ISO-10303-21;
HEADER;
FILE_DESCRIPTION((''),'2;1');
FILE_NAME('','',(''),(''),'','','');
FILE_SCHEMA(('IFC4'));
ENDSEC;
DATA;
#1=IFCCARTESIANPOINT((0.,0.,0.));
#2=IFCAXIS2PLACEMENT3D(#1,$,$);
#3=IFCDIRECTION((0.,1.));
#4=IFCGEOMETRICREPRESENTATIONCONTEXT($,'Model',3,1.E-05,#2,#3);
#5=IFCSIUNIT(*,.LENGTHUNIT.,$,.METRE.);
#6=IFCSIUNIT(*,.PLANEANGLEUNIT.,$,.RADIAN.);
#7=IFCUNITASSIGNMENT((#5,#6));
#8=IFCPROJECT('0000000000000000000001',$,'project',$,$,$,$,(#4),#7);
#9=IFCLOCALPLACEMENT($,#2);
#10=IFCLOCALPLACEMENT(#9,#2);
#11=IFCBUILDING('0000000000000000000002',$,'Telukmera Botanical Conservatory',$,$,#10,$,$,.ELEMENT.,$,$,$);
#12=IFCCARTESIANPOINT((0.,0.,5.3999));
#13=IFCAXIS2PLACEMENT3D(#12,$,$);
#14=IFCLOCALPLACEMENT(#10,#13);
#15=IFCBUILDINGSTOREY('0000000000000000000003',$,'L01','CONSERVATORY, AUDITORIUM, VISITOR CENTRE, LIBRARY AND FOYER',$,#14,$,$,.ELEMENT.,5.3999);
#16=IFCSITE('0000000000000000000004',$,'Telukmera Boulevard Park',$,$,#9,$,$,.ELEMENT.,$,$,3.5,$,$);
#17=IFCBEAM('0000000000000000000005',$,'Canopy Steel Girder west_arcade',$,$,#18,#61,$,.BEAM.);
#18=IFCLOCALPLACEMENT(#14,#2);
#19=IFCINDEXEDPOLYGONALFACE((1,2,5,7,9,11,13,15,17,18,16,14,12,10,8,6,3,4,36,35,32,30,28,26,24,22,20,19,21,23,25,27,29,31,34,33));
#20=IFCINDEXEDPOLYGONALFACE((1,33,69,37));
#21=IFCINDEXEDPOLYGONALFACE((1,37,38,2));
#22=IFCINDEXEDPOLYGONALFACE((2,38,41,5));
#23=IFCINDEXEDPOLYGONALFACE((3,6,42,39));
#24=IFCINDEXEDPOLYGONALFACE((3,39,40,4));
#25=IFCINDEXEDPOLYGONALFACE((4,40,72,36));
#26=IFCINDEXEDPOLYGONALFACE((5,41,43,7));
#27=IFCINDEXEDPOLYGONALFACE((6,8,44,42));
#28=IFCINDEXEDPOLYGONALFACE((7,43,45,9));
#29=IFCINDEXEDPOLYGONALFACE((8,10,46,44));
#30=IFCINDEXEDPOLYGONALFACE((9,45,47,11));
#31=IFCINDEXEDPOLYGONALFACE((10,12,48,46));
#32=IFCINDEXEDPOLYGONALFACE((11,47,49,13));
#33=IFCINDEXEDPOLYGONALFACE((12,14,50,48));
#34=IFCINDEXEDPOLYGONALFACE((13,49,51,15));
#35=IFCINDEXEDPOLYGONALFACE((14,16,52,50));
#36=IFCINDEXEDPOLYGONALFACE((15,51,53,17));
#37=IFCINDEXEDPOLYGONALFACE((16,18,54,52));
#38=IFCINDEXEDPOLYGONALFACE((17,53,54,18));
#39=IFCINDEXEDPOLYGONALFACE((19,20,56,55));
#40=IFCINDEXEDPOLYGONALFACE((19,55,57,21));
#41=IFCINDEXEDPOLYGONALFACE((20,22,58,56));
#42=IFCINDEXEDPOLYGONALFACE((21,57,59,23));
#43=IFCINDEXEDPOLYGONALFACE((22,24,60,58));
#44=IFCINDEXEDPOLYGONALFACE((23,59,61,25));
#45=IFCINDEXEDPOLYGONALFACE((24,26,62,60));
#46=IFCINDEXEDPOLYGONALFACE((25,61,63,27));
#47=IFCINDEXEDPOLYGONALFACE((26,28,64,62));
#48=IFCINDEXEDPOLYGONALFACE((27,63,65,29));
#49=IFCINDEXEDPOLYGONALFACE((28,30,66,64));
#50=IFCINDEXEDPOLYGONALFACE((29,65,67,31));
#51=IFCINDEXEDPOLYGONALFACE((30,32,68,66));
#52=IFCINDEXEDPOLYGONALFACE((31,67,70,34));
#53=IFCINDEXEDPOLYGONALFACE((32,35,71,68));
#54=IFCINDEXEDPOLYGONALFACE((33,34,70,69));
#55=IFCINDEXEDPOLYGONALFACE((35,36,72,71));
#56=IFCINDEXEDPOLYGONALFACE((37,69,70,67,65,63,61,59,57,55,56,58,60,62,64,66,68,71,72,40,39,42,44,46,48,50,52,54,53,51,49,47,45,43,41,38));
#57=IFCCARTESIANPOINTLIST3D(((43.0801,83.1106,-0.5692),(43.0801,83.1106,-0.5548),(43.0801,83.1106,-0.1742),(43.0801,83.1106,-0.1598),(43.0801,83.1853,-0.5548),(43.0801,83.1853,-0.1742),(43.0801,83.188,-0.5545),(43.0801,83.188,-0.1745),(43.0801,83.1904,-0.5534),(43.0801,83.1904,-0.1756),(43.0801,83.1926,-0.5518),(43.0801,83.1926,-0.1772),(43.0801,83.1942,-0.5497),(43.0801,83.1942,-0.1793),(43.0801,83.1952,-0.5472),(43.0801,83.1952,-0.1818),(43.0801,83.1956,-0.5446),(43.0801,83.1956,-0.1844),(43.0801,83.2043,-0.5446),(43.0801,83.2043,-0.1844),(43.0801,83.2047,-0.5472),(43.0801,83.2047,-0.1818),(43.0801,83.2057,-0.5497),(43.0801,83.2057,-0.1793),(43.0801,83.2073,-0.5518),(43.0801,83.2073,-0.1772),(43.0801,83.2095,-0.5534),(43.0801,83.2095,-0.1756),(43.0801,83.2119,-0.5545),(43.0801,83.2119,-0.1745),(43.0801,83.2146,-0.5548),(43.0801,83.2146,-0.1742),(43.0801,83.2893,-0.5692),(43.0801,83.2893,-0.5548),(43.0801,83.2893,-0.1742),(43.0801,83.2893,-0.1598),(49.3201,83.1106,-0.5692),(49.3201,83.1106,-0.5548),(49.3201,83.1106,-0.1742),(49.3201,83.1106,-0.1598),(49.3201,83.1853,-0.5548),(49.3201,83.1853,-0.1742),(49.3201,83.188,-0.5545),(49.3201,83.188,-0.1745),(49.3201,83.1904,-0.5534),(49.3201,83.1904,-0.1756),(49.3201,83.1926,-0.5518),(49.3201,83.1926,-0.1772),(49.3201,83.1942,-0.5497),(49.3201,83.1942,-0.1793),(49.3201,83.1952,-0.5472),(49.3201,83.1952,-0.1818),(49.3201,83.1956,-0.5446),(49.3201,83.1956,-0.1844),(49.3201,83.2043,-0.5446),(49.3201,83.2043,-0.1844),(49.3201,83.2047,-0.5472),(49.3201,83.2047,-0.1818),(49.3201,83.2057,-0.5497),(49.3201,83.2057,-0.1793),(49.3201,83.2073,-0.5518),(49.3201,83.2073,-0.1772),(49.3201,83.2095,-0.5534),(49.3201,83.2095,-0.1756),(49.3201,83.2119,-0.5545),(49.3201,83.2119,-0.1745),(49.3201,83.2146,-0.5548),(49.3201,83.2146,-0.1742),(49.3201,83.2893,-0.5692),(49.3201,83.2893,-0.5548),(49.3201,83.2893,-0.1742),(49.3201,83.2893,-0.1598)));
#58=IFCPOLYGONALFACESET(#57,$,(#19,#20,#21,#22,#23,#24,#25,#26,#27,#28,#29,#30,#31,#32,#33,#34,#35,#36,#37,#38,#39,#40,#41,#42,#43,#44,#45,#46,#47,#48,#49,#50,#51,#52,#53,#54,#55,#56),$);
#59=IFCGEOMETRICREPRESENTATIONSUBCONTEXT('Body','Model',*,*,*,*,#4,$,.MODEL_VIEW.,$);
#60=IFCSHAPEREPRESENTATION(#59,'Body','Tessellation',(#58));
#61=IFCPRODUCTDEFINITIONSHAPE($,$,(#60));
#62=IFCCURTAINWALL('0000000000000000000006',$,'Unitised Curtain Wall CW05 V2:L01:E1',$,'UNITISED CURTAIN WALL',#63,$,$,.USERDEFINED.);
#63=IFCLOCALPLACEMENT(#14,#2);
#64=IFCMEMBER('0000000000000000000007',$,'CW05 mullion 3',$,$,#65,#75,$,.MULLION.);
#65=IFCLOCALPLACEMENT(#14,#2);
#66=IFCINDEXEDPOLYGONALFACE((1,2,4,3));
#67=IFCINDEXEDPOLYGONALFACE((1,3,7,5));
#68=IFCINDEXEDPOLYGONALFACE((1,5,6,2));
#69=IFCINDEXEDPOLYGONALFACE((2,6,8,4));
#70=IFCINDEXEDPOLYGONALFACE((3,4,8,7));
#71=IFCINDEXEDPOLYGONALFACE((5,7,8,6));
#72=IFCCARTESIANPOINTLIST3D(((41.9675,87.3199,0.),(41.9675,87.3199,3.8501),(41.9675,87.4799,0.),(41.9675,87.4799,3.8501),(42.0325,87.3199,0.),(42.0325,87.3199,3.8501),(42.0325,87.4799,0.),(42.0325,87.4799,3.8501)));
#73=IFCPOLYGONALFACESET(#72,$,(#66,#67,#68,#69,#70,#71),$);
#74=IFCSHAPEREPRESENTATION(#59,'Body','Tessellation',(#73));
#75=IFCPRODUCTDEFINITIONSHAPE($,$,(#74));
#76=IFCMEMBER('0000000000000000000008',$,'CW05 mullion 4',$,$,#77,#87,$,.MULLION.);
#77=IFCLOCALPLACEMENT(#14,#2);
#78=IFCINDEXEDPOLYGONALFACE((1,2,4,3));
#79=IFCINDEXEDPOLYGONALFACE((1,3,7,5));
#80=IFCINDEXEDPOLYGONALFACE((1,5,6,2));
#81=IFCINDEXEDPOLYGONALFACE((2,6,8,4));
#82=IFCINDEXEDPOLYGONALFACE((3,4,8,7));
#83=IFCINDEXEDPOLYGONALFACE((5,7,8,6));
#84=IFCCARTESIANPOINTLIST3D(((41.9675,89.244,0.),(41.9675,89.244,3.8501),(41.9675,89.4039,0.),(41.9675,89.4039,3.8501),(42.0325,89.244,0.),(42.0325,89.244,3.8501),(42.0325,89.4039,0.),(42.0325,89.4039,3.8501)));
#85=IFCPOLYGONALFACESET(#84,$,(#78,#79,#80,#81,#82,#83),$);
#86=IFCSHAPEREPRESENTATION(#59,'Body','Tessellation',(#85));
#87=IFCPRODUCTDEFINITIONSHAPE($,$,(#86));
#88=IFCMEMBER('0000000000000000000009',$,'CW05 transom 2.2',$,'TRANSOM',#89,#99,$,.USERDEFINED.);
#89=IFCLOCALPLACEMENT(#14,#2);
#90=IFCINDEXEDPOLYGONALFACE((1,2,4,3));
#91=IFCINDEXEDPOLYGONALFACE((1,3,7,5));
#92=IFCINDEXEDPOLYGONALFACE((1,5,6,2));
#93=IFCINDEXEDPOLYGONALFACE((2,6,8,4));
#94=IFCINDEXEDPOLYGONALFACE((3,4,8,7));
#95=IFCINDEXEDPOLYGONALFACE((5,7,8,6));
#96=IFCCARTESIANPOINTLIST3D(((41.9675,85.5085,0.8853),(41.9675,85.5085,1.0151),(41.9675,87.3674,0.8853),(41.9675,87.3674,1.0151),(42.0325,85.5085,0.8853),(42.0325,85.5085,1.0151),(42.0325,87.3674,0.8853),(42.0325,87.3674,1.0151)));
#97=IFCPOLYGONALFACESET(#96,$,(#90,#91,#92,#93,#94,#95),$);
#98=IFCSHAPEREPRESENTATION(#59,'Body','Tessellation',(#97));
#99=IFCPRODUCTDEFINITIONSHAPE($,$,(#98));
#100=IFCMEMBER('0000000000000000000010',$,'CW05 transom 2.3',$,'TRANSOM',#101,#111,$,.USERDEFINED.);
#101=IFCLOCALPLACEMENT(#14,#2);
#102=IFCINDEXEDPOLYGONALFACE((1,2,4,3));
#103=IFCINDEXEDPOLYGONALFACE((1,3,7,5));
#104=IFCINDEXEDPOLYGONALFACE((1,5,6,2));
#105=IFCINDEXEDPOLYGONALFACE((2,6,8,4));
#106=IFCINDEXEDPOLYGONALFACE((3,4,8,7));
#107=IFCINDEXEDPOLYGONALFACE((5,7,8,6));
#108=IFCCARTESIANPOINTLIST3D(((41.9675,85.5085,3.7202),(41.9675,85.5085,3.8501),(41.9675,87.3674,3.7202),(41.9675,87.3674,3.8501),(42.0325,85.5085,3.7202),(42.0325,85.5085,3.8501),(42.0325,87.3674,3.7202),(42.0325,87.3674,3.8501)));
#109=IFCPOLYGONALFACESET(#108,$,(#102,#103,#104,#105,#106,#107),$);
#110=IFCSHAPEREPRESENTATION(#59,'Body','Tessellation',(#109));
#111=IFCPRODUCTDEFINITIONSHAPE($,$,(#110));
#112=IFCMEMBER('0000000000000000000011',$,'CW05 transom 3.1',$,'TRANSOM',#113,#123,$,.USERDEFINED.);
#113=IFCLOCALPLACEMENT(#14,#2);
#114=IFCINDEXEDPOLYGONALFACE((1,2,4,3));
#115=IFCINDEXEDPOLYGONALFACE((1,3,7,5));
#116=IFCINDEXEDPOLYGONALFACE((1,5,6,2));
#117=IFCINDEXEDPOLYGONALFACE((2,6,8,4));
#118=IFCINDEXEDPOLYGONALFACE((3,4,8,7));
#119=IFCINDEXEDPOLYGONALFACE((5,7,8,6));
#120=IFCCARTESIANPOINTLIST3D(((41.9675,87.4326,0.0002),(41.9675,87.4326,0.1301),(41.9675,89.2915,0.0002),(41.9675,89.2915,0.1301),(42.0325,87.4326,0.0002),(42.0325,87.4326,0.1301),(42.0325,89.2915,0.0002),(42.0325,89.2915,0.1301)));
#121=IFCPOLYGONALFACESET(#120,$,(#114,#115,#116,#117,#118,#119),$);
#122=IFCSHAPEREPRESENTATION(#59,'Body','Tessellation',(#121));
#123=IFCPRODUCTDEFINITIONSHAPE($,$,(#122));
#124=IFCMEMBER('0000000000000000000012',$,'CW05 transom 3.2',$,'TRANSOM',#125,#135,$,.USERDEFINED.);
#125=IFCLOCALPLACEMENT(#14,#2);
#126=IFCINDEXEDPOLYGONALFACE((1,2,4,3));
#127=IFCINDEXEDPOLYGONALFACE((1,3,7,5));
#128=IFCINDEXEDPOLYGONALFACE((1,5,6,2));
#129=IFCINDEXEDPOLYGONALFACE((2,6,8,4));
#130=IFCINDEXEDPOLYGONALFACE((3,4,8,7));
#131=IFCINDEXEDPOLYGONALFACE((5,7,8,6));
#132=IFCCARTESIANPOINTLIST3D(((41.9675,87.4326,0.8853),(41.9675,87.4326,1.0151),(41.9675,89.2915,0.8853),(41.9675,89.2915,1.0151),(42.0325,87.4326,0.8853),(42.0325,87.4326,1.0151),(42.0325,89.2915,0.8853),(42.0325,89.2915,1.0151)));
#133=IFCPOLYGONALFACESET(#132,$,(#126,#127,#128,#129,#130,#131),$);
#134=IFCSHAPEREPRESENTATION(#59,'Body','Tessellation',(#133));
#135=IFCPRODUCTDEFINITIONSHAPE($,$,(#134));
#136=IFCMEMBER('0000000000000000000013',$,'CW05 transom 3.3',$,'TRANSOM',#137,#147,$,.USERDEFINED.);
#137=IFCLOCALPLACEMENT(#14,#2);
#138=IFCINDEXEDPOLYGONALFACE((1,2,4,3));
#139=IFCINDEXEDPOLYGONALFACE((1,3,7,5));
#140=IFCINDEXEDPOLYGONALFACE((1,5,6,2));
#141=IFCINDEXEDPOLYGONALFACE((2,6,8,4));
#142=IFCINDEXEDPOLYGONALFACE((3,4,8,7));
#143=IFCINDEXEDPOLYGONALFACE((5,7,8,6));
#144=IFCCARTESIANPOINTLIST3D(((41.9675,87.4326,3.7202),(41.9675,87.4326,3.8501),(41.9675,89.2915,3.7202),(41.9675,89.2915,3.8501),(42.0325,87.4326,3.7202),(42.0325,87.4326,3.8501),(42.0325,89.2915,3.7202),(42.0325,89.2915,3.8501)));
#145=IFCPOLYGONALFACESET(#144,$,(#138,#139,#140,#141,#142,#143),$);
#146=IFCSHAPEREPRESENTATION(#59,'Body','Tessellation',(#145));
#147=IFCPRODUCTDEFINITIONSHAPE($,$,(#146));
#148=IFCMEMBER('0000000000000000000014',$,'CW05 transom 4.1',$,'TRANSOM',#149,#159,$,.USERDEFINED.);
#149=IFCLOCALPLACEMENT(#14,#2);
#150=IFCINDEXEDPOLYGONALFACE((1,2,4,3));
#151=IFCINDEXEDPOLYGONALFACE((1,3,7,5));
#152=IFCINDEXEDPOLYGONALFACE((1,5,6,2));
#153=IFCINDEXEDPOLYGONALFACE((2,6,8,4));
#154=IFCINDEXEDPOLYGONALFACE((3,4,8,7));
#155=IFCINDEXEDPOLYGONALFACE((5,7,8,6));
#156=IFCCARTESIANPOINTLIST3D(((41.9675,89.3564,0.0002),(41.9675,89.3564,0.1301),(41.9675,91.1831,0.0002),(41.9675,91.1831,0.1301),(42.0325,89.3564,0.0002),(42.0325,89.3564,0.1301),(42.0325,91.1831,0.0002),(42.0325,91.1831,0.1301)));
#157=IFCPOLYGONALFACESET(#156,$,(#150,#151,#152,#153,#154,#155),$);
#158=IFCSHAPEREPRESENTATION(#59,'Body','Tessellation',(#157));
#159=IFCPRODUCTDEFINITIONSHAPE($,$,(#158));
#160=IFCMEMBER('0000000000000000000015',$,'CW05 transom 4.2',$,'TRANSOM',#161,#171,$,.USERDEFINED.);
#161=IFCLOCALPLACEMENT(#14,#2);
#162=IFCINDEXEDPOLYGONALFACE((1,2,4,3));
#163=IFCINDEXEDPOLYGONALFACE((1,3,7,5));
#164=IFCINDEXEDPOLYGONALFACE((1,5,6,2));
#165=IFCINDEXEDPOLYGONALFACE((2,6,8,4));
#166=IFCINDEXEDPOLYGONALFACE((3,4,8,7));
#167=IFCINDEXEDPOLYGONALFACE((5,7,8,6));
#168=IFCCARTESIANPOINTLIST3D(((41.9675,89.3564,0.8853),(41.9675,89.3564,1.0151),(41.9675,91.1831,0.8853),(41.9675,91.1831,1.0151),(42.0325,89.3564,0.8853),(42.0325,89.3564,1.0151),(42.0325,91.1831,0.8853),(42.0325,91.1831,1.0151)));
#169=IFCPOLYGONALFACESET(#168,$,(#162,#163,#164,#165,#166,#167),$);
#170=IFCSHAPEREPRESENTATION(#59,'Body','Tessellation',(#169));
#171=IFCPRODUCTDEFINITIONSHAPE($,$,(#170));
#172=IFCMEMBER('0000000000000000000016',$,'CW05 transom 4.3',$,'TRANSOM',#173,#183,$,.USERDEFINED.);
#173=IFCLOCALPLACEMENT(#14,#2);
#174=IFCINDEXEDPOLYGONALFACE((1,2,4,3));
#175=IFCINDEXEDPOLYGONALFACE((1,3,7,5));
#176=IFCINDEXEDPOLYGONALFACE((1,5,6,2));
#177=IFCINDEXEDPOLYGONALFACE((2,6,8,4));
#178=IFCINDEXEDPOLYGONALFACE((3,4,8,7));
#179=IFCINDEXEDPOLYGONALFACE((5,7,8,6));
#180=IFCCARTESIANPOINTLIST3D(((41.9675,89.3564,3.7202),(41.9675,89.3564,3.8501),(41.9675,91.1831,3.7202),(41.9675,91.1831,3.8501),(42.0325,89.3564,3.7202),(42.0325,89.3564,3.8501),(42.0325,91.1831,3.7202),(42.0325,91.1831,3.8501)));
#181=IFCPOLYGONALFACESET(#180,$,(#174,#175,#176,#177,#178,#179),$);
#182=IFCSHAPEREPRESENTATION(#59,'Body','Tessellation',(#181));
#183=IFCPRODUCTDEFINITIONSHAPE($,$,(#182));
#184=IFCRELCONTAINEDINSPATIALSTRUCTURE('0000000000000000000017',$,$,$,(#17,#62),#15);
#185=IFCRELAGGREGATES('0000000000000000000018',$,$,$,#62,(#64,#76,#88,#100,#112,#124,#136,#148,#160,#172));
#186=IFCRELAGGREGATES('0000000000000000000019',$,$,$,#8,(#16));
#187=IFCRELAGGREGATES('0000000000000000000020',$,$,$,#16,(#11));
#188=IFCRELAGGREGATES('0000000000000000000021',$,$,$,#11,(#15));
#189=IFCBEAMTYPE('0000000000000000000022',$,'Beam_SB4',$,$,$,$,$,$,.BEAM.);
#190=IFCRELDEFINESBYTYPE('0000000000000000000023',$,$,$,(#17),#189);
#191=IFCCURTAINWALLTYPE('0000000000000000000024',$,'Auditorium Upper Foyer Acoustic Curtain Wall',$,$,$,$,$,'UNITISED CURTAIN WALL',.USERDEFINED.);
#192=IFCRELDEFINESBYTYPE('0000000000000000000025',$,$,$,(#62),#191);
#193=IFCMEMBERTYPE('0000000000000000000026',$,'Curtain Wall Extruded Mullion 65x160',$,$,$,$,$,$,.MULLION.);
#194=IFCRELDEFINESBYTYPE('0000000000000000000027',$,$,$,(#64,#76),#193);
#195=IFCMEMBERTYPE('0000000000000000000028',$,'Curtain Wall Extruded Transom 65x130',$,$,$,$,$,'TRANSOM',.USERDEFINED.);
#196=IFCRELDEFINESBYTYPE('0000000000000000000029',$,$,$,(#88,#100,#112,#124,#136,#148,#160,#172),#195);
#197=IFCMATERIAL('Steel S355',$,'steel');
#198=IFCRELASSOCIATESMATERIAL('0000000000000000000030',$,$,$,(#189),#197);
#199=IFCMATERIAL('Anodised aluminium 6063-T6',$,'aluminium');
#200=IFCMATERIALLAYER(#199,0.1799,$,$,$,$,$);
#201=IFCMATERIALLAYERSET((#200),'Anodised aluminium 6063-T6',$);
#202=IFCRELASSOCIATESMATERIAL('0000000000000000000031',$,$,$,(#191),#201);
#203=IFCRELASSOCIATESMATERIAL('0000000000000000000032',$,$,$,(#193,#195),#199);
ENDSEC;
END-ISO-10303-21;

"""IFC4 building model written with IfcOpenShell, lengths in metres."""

from ifc_helpers import new_model, si_unit, direction, frame, origin, origin_2d, place, context, subcontext, project, spatial, rectangle, i_section, extrude, material, layer, layer_set, material_profile, profile_set, type_object, element, aggregate, save


model = new_model("IFC4")

# Units and contexts
model_context = context("Model", 3, precision=1e-05, world=origin(), true_north=direction((0.0, 1.0)))
body_context = subcontext(model_context, "Body", "Model", "MODEL_VIEW")
ifc_project = project(units=[si_unit("LENGTHUNIT", "METRE"), si_unit("PLANEANGLEUNIT", "RADIAN")], contexts=[model_context])

# Site, building, storey
site_placement = place(None, origin())
site = spatial("IfcSite", under=ifc_project, at=site_placement, Name="Telukmera Boulevard Park", CompositionType="ELEMENT", RefElevation=3.5)
building_placement = place(site_placement, origin())
building = spatial("IfcBuilding", under=site, at=building_placement, Name="Telukmera Botanical Conservatory", CompositionType="ELEMENT")
storey_placement = place(building_placement, frame((0.0, 0.0, 5.3999)))
storey = spatial("IfcBuildingStorey", under=building, at=storey_placement, Name="L01", Description="CONSERVATORY, AUDITORIUM, VISITOR CENTRE, LIBRARY AND FOYER", CompositionType="ELEMENT", Elevation=5.3999)

# Beam
ifc_material_1 = material(Name="Steel S355", Category="steel")
ifc_material_profile_1 = material_profile(ifc_material_1, i_section(OverallWidth=0.1787, OverallDepth=0.4094, WebThickness=0.0088, FlangeThickness=0.0144, FilletRadius=0.0103, at=origin_2d()), Name="UB 406x178x67")
ifc_profile_set_1 = profile_set([ifc_material_profile_1], Name="Steel S355")
beam_type = type_object("IfcBeamType", Name="Beam_SB4", PredefinedType="BEAM", material=ifc_profile_set_1)
beam_placement = place(storey_placement, frame((43.0801, 83.2, -0.3645), z_axis=(1.0, 0.0, 0.0), x_axis=(0.0, 1.0, 0.0)))
element("IfcBeam", 1, at=beam_placement, inside=storey, type_object=beam_type, Name="Canopy Steel Girder west_arcade", PredefinedType="BEAM", context=body_context, shape_type="SweptSolid", body=[
    extrude(i_section(OverallWidth=0.1787, OverallDepth=0.4094, WebThickness=0.0088, FlangeThickness=0.0144, FilletRadius=0.0103, at=origin_2d()), origin(), (0.0, 0.0, 1.0), 6.24),
])

# Curtain wall, members
ifc_material_2 = material(Name="Anodised aluminium 6063-T6", Category="aluminium")
ifc_layer_1 = layer(ifc_material_2, 0.1799)
ifc_layer_set_1 = layer_set([ifc_layer_1], Name="Anodised aluminium 6063-T6")
curtain_wall_type = type_object("IfcCurtainWallType", Name="Auditorium Upper Foyer Acoustic Curtain Wall", ElementType="UNITISED CURTAIN WALL", PredefinedType="USERDEFINED", material=ifc_layer_set_1)
curtain_wall_placement = place(storey_placement, origin())
curtain_wall = element("IfcCurtainWall", 2, at=curtain_wall_placement, inside=storey, type_object=curtain_wall_type, Name="Unitised Curtain Wall CW05 V2:L01:E1", ObjectType="UNITISED CURTAIN WALL", PredefinedType="USERDEFINED")
ifc_material_profile_2 = material_profile(ifc_material_2, rectangle(XDim=0.0649, YDim=0.1599, at=origin_2d()), Name="ALU MULL 65x160")
ifc_profile_set_2 = profile_set([ifc_material_profile_2], Name="Anodised aluminium 6063-T6")
member_type_1 = type_object("IfcMemberType", Name="Curtain Wall Extruded Mullion 65x160", PredefinedType="MULLION", material=ifc_profile_set_2)
member_1_placement = place(storey_placement, frame((42.0, 87.3999, 0.0), z_axis=(0.0, 0.0, 1.0), x_axis=(-1.0, 0.0, 0.0)))
member_1 = element("IfcMember", 3, at=member_1_placement, type_object=member_type_1, Name="CW05 mullion 3", PredefinedType="MULLION", context=body_context, shape_type="SweptSolid", body=[
    extrude(rectangle(XDim=0.0649, YDim=0.1599, at=origin_2d()), origin(), (0.0, 0.0, 1.0), 3.8501),
])
member_2_placement = place(storey_placement, frame((42.0, 89.324, 0.0), z_axis=(0.0, 0.0, 1.0), x_axis=(-1.0, 0.0, 0.0)))
member_2 = element("IfcMember", 4, at=member_2_placement, type_object=member_type_1, Name="CW05 mullion 4", PredefinedType="MULLION", context=body_context, shape_type="SweptSolid", body=[
    extrude(rectangle(XDim=0.0649, YDim=0.1599, at=origin_2d()), origin(), (0.0, 0.0, 1.0), 3.8501),
])
ifc_material_profile_3 = material_profile(ifc_material_2, rectangle(XDim=0.0649, YDim=0.1299, at=origin_2d()), Name="ALU TRAN 65x130")
ifc_profile_set_3 = profile_set([ifc_material_profile_3], Name="Anodised aluminium 6063-T6")
member_type_2 = type_object("IfcMemberType", Name="Curtain Wall Extruded Transom 65x130", ElementType="TRANSOM", PredefinedType="USERDEFINED", material=ifc_profile_set_3)
member_3_placement = place(storey_placement, frame((42.0, 85.5085, 0.9502), z_axis=(0.0, 1.0, 0.0), x_axis=(-1.0, 0.0, 0.0)))
member_3 = element("IfcMember", 5, at=member_3_placement, type_object=member_type_2, Name="CW05 transom 2.2", ObjectType="TRANSOM", PredefinedType="USERDEFINED", context=body_context, shape_type="SweptSolid", body=[
    extrude(rectangle(XDim=0.0649, YDim=0.1299, at=origin_2d()), origin(), (0.0, 0.0, 1.0), 1.8589),
])
member_4_placement = place(storey_placement, frame((42.0, 85.5085, 3.7852), z_axis=(0.0, 1.0, 0.0), x_axis=(-1.0, 0.0, 0.0)))
member_4 = element("IfcMember", 6, at=member_4_placement, type_object=member_type_2, Name="CW05 transom 2.3", ObjectType="TRANSOM", PredefinedType="USERDEFINED", context=body_context, shape_type="SweptSolid", body=[
    extrude(rectangle(XDim=0.0649, YDim=0.1299, at=origin_2d()), origin(), (0.0, 0.0, 1.0), 1.8589),
])
member_5_placement = place(storey_placement, frame((42.0, 87.4326, 0.0652), z_axis=(0.0, 1.0, 0.0), x_axis=(-1.0, 0.0, 0.0)))
member_5 = element("IfcMember", 7, at=member_5_placement, type_object=member_type_2, Name="CW05 transom 3.1", ObjectType="TRANSOM", PredefinedType="USERDEFINED", context=body_context, shape_type="SweptSolid", body=[
    extrude(rectangle(XDim=0.0649, YDim=0.1299, at=origin_2d()), origin(), (0.0, 0.0, 1.0), 1.8589),
])
member_6_placement = place(storey_placement, frame((42.0, 87.4326, 0.9502), z_axis=(0.0, 1.0, 0.0), x_axis=(-1.0, 0.0, 0.0)))
member_6 = element("IfcMember", 8, at=member_6_placement, type_object=member_type_2, Name="CW05 transom 3.2", ObjectType="TRANSOM", PredefinedType="USERDEFINED", context=body_context, shape_type="SweptSolid", body=[
    extrude(rectangle(XDim=0.0649, YDim=0.1299, at=origin_2d()), origin(), (0.0, 0.0, 1.0), 1.8589),
])
member_7_placement = place(storey_placement, frame((42.0, 87.4326, 3.7852), z_axis=(0.0, 1.0, 0.0), x_axis=(-1.0, 0.0, 0.0)))
member_7 = element("IfcMember", 9, at=member_7_placement, type_object=member_type_2, Name="CW05 transom 3.3", ObjectType="TRANSOM", PredefinedType="USERDEFINED", context=body_context, shape_type="SweptSolid", body=[
    extrude(rectangle(XDim=0.0649, YDim=0.1299, at=origin_2d()), origin(), (0.0, 0.0, 1.0), 1.8589),
])
member_8_placement = place(storey_placement, frame((42.0, 89.3564, 0.0652), z_axis=(0.0, 1.0, 0.0), x_axis=(-1.0, 0.0, 0.0)))
member_8 = element("IfcMember", 10, at=member_8_placement, type_object=member_type_2, Name="CW05 transom 4.1", ObjectType="TRANSOM", PredefinedType="USERDEFINED", context=body_context, shape_type="SweptSolid", body=[
    extrude(rectangle(XDim=0.0649, YDim=0.1299, at=origin_2d()), origin(), (0.0, 0.0, 1.0), 1.8267),
])
member_9_placement = place(storey_placement, frame((42.0, 89.3564, 0.9502), z_axis=(0.0, 1.0, 0.0), x_axis=(-1.0, 0.0, 0.0)))
member_9 = element("IfcMember", 11, at=member_9_placement, type_object=member_type_2, Name="CW05 transom 4.2", ObjectType="TRANSOM", PredefinedType="USERDEFINED", context=body_context, shape_type="SweptSolid", body=[
    extrude(rectangle(XDim=0.0649, YDim=0.1299, at=origin_2d()), origin(), (0.0, 0.0, 1.0), 1.8267),
])
member_10_placement = place(storey_placement, frame((42.0, 89.3564, 3.7852), z_axis=(0.0, 1.0, 0.0), x_axis=(-1.0, 0.0, 0.0)))
member_10 = element("IfcMember", 12, at=member_10_placement, type_object=member_type_2, Name="CW05 transom 4.3", ObjectType="TRANSOM", PredefinedType="USERDEFINED", context=body_context, shape_type="SweptSolid", body=[
    extrude(rectangle(XDim=0.0649, YDim=0.1299, at=origin_2d()), origin(), (0.0, 0.0, 1.0), 1.8267),
])
aggregate(curtain_wall, [member_1, member_2, member_3, member_4, member_5, member_6, member_7, member_8, member_9, member_10])

save(model, "model.ifc")
